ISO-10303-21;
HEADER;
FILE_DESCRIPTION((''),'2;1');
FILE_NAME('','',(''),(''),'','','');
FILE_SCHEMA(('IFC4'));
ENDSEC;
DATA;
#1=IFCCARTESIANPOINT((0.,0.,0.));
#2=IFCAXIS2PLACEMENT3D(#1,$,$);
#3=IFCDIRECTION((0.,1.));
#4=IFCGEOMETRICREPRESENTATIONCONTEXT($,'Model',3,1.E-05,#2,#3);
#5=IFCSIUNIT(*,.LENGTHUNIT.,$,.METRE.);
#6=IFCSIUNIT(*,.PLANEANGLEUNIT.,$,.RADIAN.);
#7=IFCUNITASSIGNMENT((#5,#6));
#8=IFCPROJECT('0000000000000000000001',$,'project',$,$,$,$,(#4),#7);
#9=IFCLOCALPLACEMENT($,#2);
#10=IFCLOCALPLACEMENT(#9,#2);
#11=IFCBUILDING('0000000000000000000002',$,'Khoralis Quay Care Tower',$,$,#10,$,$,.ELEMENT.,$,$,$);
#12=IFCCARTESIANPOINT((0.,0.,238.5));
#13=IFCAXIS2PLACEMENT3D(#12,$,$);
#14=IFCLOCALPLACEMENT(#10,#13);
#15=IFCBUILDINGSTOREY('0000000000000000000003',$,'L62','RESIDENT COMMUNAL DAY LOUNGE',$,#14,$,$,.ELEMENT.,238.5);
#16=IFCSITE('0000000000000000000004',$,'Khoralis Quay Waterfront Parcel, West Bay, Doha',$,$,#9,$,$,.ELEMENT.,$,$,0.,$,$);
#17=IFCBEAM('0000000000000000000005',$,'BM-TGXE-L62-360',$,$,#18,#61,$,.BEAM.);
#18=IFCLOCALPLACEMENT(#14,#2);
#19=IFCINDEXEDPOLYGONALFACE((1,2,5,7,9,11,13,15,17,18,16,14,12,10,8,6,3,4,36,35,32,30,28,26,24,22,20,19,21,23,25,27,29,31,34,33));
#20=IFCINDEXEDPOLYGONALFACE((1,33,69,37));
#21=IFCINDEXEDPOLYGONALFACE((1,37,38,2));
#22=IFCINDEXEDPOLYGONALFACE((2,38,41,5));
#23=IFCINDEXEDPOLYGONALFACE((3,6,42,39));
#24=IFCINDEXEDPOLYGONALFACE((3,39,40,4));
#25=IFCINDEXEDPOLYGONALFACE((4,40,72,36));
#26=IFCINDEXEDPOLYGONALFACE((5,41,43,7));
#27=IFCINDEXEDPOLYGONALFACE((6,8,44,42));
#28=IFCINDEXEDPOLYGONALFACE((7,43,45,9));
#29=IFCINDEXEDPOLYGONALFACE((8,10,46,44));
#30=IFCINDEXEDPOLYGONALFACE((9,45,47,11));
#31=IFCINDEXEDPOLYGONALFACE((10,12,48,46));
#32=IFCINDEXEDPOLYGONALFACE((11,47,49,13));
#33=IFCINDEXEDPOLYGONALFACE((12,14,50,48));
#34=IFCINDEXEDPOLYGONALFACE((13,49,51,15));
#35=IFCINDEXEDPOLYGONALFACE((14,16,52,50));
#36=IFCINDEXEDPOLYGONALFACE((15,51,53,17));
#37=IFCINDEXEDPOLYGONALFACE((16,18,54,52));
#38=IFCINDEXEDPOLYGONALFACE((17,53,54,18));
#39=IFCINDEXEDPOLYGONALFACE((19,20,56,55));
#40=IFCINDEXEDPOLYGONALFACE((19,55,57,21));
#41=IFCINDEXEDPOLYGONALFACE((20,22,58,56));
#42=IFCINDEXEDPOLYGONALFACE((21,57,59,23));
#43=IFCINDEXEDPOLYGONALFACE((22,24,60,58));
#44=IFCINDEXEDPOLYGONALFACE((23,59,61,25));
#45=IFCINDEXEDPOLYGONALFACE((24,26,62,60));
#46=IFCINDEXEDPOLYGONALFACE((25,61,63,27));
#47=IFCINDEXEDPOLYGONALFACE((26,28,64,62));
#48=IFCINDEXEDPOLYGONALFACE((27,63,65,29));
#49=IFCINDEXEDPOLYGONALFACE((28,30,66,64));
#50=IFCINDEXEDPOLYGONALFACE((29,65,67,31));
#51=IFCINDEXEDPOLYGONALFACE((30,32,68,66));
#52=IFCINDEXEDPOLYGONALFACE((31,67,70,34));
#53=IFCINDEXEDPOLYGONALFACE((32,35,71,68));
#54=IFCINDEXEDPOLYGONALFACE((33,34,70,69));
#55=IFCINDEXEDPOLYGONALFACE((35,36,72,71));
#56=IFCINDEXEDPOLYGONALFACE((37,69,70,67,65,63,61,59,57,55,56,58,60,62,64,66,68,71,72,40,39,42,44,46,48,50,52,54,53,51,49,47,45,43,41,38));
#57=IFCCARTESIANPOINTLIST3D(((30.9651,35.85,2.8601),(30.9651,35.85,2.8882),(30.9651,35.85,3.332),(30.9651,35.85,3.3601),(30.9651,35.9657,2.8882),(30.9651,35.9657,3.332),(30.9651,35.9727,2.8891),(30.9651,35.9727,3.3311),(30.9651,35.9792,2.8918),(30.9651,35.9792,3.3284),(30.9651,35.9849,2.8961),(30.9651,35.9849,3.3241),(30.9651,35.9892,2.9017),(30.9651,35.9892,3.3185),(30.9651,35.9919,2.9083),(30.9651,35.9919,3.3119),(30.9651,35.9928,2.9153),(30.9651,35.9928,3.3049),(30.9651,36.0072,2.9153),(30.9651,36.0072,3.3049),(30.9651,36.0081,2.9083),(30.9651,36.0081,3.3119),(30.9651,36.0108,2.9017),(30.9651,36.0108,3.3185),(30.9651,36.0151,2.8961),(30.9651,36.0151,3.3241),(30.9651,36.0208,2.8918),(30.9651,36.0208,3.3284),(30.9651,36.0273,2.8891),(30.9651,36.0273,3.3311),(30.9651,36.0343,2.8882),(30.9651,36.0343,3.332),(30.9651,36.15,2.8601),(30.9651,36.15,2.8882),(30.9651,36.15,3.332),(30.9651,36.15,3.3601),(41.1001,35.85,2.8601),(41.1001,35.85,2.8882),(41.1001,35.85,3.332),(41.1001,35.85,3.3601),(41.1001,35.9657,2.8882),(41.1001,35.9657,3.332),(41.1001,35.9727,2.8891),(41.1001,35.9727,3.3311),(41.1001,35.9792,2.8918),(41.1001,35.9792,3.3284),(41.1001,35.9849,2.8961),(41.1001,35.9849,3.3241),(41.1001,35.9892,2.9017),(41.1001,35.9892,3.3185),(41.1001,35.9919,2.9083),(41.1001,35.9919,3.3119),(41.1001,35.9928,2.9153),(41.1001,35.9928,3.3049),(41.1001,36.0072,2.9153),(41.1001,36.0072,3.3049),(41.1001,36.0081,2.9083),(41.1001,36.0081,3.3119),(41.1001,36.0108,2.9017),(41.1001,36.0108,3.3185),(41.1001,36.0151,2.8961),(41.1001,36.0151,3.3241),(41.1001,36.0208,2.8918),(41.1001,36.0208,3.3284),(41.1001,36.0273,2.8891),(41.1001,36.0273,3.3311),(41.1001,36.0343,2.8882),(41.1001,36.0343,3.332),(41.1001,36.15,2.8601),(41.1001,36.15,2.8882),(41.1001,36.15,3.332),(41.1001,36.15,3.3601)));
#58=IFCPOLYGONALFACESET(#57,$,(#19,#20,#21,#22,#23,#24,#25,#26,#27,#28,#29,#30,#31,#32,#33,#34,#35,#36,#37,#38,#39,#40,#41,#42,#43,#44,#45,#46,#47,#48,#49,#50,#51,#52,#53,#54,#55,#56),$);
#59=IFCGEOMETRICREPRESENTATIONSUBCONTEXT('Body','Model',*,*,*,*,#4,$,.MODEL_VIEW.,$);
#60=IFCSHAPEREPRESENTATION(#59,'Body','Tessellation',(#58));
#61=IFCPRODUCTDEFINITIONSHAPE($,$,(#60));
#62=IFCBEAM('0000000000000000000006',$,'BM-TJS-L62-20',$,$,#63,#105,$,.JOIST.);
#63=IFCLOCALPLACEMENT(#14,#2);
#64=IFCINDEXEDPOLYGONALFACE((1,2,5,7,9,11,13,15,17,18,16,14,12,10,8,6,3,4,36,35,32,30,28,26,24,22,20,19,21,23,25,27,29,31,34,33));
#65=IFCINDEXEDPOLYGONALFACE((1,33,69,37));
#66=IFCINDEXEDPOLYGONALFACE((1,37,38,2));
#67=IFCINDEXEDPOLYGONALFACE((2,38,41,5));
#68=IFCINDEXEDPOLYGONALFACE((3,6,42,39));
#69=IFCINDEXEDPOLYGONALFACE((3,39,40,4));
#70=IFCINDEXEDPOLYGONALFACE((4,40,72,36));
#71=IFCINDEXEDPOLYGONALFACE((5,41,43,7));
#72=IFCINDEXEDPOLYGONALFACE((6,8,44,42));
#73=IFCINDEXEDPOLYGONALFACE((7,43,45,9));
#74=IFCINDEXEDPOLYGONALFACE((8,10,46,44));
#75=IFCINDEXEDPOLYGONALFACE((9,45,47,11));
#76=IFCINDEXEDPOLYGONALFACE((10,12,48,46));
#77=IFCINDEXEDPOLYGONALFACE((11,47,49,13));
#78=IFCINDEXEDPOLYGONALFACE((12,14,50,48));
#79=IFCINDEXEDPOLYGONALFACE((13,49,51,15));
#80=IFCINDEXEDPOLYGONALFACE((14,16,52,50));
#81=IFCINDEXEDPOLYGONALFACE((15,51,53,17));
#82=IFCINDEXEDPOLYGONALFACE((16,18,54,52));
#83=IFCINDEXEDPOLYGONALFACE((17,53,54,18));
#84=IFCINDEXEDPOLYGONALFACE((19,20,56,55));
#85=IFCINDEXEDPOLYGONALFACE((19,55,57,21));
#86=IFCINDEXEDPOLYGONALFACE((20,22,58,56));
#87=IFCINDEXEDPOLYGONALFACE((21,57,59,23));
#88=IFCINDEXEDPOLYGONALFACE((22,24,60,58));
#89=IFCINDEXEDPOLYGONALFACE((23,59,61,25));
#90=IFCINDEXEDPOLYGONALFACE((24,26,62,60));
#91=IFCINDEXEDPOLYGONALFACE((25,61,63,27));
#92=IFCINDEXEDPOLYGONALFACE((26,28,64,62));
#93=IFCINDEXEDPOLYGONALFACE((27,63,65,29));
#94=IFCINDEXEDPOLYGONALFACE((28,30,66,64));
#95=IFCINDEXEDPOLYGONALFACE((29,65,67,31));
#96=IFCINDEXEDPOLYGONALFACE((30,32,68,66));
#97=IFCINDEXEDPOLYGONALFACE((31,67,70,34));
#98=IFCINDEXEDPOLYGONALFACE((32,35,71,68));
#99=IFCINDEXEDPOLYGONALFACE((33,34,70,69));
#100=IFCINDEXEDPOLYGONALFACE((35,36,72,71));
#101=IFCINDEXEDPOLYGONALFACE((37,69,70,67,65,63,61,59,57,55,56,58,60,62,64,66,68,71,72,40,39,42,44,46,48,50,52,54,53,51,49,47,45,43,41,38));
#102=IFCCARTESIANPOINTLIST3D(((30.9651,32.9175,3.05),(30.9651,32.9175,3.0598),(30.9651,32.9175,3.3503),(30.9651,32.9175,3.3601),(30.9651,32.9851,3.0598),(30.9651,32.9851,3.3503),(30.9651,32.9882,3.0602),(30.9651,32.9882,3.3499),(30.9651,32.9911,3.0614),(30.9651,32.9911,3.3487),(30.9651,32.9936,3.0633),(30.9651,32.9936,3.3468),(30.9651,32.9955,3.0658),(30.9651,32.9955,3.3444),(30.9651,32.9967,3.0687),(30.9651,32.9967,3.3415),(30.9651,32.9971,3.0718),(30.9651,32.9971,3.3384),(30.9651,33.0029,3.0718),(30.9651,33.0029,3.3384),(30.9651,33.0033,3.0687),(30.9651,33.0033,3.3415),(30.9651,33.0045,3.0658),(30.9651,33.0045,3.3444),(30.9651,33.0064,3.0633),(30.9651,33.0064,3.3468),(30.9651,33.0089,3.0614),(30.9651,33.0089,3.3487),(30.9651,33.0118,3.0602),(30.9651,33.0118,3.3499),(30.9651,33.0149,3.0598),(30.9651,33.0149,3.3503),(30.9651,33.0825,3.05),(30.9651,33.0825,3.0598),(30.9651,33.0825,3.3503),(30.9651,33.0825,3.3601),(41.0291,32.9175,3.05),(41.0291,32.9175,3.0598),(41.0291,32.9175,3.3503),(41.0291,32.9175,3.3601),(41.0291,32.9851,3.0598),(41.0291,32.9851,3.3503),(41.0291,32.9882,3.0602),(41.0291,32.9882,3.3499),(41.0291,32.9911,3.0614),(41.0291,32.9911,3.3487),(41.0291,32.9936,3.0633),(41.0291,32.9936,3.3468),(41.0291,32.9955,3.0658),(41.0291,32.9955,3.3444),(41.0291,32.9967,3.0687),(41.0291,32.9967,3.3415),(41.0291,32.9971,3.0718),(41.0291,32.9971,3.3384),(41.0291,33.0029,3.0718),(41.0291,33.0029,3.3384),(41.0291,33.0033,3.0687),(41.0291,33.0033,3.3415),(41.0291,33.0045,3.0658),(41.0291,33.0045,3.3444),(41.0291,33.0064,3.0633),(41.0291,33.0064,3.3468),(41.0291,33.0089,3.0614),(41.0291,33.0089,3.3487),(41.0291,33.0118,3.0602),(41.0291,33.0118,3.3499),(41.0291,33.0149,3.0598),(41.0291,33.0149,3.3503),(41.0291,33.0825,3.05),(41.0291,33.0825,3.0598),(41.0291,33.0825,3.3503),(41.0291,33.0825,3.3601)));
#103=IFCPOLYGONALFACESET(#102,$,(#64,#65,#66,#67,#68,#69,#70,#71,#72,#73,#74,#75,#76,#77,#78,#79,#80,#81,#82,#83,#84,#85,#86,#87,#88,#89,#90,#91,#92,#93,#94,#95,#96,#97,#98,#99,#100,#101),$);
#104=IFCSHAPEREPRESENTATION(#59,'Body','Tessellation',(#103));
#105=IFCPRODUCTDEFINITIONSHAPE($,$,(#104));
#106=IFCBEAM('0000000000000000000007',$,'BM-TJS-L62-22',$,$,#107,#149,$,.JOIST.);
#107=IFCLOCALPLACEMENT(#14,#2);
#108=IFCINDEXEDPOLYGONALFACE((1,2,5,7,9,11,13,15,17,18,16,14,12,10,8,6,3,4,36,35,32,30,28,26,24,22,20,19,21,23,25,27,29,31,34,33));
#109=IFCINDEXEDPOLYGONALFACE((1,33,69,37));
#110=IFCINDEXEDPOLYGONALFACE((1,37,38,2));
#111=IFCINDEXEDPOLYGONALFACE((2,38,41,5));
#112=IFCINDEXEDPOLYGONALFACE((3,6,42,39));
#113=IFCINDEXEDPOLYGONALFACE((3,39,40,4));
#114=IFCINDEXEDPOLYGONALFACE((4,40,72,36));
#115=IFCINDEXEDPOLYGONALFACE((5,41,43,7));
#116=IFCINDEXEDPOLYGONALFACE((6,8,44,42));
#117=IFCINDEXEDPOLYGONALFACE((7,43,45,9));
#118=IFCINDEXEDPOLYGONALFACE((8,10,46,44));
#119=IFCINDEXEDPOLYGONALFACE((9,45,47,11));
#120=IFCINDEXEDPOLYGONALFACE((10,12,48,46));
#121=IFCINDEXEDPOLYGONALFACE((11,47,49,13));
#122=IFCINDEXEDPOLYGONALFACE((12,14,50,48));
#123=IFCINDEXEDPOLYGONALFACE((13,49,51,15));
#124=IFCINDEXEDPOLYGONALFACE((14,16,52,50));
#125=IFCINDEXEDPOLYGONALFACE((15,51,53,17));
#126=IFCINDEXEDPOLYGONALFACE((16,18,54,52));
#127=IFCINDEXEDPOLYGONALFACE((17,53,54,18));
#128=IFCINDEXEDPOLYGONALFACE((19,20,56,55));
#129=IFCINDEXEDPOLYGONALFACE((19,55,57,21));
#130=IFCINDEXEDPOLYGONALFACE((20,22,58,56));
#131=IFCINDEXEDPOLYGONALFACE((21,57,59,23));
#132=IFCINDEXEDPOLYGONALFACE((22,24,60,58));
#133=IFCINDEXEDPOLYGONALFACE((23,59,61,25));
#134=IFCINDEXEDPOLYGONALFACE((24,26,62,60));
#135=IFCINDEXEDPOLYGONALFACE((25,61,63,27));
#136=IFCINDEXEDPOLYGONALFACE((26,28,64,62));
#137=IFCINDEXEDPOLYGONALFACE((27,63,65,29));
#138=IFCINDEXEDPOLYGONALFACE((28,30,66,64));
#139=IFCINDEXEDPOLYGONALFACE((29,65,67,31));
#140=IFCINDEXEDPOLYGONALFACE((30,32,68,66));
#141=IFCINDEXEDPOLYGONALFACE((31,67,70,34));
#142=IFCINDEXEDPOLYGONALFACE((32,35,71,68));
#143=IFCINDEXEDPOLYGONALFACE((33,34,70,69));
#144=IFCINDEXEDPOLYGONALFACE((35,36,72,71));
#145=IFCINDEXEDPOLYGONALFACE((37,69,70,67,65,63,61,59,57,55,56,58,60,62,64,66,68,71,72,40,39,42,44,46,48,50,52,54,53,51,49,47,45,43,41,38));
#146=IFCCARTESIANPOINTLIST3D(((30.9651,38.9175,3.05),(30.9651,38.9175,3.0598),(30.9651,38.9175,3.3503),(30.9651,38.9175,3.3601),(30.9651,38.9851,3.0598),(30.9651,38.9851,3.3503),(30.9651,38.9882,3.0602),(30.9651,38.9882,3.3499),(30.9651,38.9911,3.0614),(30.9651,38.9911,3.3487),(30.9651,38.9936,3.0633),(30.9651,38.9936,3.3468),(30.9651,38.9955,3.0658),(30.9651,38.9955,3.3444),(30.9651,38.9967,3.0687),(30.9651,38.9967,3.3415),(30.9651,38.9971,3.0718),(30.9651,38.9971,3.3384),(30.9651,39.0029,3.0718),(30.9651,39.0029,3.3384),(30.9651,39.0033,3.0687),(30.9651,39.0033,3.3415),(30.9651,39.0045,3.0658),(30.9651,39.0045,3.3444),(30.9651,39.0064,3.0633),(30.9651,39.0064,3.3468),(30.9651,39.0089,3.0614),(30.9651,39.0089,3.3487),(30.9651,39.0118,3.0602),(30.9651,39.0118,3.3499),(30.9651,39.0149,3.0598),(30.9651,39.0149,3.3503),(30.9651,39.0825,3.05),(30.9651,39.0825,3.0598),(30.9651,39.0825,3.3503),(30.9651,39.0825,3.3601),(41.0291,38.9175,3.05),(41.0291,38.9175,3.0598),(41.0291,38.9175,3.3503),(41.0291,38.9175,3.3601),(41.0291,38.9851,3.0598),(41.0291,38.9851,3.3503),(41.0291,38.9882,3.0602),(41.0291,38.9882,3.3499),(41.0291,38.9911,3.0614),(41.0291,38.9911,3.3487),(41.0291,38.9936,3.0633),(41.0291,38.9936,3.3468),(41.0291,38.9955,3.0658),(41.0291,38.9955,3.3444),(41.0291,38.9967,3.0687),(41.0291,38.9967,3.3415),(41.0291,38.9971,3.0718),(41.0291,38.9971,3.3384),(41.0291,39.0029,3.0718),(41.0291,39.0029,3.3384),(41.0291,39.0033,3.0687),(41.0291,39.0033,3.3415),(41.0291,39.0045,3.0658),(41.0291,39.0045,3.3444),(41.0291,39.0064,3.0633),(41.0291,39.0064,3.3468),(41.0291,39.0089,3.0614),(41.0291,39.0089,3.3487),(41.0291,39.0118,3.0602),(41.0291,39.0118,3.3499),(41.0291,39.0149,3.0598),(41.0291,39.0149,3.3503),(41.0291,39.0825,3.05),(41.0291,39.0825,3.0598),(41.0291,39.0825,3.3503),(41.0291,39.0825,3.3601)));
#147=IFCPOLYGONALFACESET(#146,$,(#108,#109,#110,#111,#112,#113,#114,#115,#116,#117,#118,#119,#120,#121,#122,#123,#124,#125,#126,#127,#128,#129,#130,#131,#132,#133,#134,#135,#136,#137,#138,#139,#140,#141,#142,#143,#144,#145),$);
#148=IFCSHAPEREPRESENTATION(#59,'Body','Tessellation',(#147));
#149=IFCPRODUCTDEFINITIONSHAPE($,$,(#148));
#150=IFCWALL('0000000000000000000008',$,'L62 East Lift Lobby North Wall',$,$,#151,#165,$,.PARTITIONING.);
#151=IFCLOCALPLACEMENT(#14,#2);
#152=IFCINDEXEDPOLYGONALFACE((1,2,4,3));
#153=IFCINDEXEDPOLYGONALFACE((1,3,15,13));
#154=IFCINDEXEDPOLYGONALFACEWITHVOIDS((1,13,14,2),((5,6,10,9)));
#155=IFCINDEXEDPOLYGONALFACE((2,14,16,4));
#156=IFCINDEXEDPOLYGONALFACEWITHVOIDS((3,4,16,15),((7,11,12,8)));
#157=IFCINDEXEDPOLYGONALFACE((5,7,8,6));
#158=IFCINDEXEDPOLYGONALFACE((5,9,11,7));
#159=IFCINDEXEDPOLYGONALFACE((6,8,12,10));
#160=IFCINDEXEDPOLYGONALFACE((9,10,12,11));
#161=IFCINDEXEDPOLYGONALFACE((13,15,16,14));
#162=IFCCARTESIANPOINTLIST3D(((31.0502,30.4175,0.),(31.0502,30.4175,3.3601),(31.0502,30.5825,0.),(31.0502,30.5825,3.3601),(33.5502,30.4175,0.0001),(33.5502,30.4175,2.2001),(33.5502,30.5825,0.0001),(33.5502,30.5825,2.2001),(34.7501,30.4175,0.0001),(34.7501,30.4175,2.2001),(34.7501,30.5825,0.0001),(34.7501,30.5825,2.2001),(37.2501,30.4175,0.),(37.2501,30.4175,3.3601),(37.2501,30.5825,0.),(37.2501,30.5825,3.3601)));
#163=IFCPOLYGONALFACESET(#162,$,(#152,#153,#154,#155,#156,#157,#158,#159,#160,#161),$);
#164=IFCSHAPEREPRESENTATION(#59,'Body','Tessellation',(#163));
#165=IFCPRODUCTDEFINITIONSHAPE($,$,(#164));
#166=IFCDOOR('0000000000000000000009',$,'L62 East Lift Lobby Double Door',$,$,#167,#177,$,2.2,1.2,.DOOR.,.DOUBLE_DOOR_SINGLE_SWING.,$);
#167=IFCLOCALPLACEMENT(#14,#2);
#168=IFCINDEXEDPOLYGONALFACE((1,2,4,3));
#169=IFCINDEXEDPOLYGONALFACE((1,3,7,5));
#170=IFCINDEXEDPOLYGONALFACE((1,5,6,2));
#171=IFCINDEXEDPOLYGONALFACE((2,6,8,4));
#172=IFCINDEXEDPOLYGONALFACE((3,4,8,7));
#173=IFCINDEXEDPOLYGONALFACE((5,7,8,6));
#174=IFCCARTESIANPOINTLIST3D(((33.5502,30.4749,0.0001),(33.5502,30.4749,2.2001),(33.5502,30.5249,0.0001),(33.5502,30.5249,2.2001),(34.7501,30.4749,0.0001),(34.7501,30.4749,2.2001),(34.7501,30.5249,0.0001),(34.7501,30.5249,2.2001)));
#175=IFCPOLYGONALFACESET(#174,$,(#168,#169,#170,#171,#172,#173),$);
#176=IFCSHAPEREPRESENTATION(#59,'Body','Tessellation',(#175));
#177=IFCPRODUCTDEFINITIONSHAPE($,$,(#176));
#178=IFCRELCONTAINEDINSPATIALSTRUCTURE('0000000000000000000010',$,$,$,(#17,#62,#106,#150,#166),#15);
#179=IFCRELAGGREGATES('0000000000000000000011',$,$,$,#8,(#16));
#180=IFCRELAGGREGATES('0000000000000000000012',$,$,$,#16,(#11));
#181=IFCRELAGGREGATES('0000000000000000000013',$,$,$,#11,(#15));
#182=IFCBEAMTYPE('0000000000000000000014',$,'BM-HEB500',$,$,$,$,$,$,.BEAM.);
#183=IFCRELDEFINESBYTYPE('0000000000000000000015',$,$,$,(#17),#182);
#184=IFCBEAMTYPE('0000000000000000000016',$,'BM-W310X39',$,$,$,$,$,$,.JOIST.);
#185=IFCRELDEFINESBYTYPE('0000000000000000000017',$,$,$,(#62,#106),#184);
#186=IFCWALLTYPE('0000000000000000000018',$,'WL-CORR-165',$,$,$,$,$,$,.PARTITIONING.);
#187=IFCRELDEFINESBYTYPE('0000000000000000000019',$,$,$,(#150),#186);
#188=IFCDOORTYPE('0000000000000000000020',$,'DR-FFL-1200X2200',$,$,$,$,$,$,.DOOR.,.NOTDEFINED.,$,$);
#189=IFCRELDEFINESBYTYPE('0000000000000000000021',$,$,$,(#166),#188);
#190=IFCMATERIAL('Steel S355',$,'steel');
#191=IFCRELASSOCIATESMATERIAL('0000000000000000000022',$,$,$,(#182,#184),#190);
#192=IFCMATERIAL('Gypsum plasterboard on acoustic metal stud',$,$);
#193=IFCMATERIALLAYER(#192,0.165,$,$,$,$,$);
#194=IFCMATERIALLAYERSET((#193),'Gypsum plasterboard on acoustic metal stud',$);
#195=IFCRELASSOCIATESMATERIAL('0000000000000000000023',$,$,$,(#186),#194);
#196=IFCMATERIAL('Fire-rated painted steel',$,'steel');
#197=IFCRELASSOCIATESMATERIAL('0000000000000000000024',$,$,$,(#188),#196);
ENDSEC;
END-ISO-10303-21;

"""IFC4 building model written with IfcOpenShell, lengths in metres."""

from ifc_helpers import new_model, si_unit, direction, frame, frame_2d, origin, origin_2d, place, context, subcontext, project, spatial, rectangle, i_section, extrude, source, transform, mapped, material, layer, layer_set, material_profile, profile_set, type_object, element, fill, save


model = new_model("IFC4")

# Units and contexts
model_context = context("Model", 3, precision=1e-05, world=origin(), true_north=direction((0.0, 1.0)))
body_context = subcontext(model_context, "Body", "Model", "MODEL_VIEW")
ifc_project = project(units=[si_unit("LENGTHUNIT", "METRE"), si_unit("PLANEANGLEUNIT", "RADIAN")], contexts=[model_context])

# Site, building, storey
site_placement = place(None, origin())
site = spatial("IfcSite", under=ifc_project, at=site_placement, Name="Khoralis Quay Waterfront Parcel, West Bay, Doha", CompositionType="ELEMENT", RefElevation=0.0)
building_placement = place(site_placement, origin())
building = spatial("IfcBuilding", under=site, at=building_placement, Name="Khoralis Quay Care Tower", CompositionType="ELEMENT")
storey_placement = place(building_placement, frame((0.0, 0.0, 238.5)))
storey = spatial("IfcBuildingStorey", under=building, at=storey_placement, Name="L62", Description="RESIDENT COMMUNAL DAY LOUNGE", CompositionType="ELEMENT", Elevation=238.5)

# Beams
ifc_material_1 = material(Name="Steel S355", Category="steel")
ifc_material_profile_1 = material_profile(ifc_material_1, i_section(OverallWidth=0.3, OverallDepth=0.5, WebThickness=0.0144, FlangeThickness=0.0281, FilletRadius=0.0271, at=origin_2d()), Name="Steel S355")
ifc_profile_set_1 = profile_set([ifc_material_profile_1], Name="Steel S355")
beam_type_1 = type_object("IfcBeamType", Name="BM-HEB500", PredefinedType="BEAM", material=ifc_profile_set_1)
shared_shape_1 = source(origin(), body_context, "Body", "SweptSolid", [
    extrude(i_section(OverallWidth=0.3, OverallDepth=0.5, WebThickness=0.0144, FlangeThickness=0.0281, FilletRadius=0.0271, at=origin_2d()), origin(), (0.0, 0.0, 1.0), 10.135),
])
beam_1_placement = place(storey_placement, frame((30.9651, 36.0, 3.1101), z_axis=(1.0, 0.0, 0.0), x_axis=(0.0, 1.0, 0.0)))
element("IfcBeam", 1, at=beam_1_placement, inside=storey, type_object=beam_type_1, Name="BM-TGXE-L62-360", PredefinedType="BEAM", context=body_context, shape_type="MappedRepresentation", body=[
    mapped(shared_shape_1, transform((0.0, 0.0, 0.0), scale=1.0)),
])
ifc_material_profile_2 = material_profile(ifc_material_1, i_section(OverallWidth=0.165, OverallDepth=0.3101, WebThickness=0.0059, FlangeThickness=0.0098, FilletRadius=0.012, at=origin_2d()), Name="Steel S355")
ifc_profile_set_2 = profile_set([ifc_material_profile_2], Name="Steel S355")
beam_type_2 = type_object("IfcBeamType", Name="BM-W310X39", PredefinedType="JOIST", material=ifc_profile_set_2)
shared_shape_2 = source(origin(), body_context, "Body", "SweptSolid", [
    extrude(i_section(OverallWidth=0.165, OverallDepth=0.3101, WebThickness=0.0059, FlangeThickness=0.0098, FilletRadius=0.012, at=origin_2d()), origin(), (0.0, 0.0, 1.0), 10.064),
])
for number, where, z_axis, x_axis, name in (
    (2, (30.9651, 33.0, 3.2051), (1.0, 0.0, 0.0), (0.0, 1.0, 0.0), "BM-TJS-L62-20"),
    (3, (30.9651, 39.0, 3.2051), (1.0, 0.0, 0.0), (0.0, 1.0, 0.0), "BM-TJS-L62-22"),
):
    element("IfcBeam", number, at=place(storey_placement, frame(where, z_axis=z_axis, x_axis=x_axis)), inside=storey, type_object=beam_type_2, Name=name, PredefinedType="JOIST", context=body_context, shape_type="MappedRepresentation", body=[
        mapped(shared_shape_2, transform((0.0, 0.0, 0.0), scale=1.0)),
    ])

# Wall, opening, door
ifc_material_2 = material(Name="Gypsum plasterboard on acoustic metal stud")
ifc_layer_1 = layer(ifc_material_2, 0.165)
ifc_layer_set_1 = layer_set([ifc_layer_1], Name="Gypsum plasterboard on acoustic metal stud")
wall_type_1 = type_object("IfcWallType", Name="WL-CORR-165", PredefinedType="PARTITIONING", material=ifc_layer_set_1)
wall_1_placement = place(storey_placement, frame((31.05, 30.5, 0.0), z_axis=(0.0, 0.0, 1.0), x_axis=(1.0, 0.0, 0.0)))
wall_1 = element("IfcWall", 4, at=wall_1_placement, inside=storey, type_object=wall_type_1, Name="L62 East Lift Lobby North Wall", PredefinedType="PARTITIONING", context=body_context, shape_type="SweptSolid", body=[
    extrude(rectangle(XDim=6.2, YDim=0.165, at=frame_2d((3.1001, 0.0))), origin(), (0.0, 0.0, 1.0), 3.3601),
])
opening_1_placement = place(wall_1_placement, frame((2.5, 0.0, 0.0)))
opening_1 = element("IfcOpeningElement", 5, at=opening_1_placement, cuts=wall_1, PredefinedType="OPENING", context=body_context, shape_type="SweptSolid", body=[
    extrude(rectangle(XDim=1.2, YDim=2.2, at=frame_2d((0.6001, 1.1001))), frame((0.0, 0.0925, 0.0), z_axis=(0.0, -1.0, 0.0), x_axis=(1.0, 0.0, 0.0)), (0.0, 0.0, 1.0), 0.1851),
])
ifc_material_3 = material(Name="Fire-rated painted steel", Category="steel")
door_type = type_object("IfcDoorType", Name="DR-FFL-1200X2200", OperationType="NOTDEFINED", PredefinedType="DOOR", material=ifc_material_3)
shared_shape_3 = source(origin(), body_context, "Body", "SweptSolid", [
    extrude(rectangle(XDim=1.2, YDim=2.2, at=frame_2d((0.6001, 1.1001))), frame((0.0, 0.0249, 0.0), z_axis=(0.0, -1.0, 0.0), x_axis=(1.0, 0.0, 0.0)), (0.0, 0.0, 1.0), 0.05),
])
door_placement = place(opening_1_placement, origin())
door = element("IfcDoor", 6, at=door_placement, inside=storey, type_object=door_type, Name="L62 East Lift Lobby Double Door", OperationType="DOUBLE_DOOR_SINGLE_SWING", OverallHeight=2.2, OverallWidth=1.2, PredefinedType="DOOR", context=body_context, shape_type="MappedRepresentation", body=[
    mapped(shared_shape_3, transform((0.0, 0.0, 0.0), scale=1.0)),
])
fill(opening_1, door)

save(model, "model.ifc")
